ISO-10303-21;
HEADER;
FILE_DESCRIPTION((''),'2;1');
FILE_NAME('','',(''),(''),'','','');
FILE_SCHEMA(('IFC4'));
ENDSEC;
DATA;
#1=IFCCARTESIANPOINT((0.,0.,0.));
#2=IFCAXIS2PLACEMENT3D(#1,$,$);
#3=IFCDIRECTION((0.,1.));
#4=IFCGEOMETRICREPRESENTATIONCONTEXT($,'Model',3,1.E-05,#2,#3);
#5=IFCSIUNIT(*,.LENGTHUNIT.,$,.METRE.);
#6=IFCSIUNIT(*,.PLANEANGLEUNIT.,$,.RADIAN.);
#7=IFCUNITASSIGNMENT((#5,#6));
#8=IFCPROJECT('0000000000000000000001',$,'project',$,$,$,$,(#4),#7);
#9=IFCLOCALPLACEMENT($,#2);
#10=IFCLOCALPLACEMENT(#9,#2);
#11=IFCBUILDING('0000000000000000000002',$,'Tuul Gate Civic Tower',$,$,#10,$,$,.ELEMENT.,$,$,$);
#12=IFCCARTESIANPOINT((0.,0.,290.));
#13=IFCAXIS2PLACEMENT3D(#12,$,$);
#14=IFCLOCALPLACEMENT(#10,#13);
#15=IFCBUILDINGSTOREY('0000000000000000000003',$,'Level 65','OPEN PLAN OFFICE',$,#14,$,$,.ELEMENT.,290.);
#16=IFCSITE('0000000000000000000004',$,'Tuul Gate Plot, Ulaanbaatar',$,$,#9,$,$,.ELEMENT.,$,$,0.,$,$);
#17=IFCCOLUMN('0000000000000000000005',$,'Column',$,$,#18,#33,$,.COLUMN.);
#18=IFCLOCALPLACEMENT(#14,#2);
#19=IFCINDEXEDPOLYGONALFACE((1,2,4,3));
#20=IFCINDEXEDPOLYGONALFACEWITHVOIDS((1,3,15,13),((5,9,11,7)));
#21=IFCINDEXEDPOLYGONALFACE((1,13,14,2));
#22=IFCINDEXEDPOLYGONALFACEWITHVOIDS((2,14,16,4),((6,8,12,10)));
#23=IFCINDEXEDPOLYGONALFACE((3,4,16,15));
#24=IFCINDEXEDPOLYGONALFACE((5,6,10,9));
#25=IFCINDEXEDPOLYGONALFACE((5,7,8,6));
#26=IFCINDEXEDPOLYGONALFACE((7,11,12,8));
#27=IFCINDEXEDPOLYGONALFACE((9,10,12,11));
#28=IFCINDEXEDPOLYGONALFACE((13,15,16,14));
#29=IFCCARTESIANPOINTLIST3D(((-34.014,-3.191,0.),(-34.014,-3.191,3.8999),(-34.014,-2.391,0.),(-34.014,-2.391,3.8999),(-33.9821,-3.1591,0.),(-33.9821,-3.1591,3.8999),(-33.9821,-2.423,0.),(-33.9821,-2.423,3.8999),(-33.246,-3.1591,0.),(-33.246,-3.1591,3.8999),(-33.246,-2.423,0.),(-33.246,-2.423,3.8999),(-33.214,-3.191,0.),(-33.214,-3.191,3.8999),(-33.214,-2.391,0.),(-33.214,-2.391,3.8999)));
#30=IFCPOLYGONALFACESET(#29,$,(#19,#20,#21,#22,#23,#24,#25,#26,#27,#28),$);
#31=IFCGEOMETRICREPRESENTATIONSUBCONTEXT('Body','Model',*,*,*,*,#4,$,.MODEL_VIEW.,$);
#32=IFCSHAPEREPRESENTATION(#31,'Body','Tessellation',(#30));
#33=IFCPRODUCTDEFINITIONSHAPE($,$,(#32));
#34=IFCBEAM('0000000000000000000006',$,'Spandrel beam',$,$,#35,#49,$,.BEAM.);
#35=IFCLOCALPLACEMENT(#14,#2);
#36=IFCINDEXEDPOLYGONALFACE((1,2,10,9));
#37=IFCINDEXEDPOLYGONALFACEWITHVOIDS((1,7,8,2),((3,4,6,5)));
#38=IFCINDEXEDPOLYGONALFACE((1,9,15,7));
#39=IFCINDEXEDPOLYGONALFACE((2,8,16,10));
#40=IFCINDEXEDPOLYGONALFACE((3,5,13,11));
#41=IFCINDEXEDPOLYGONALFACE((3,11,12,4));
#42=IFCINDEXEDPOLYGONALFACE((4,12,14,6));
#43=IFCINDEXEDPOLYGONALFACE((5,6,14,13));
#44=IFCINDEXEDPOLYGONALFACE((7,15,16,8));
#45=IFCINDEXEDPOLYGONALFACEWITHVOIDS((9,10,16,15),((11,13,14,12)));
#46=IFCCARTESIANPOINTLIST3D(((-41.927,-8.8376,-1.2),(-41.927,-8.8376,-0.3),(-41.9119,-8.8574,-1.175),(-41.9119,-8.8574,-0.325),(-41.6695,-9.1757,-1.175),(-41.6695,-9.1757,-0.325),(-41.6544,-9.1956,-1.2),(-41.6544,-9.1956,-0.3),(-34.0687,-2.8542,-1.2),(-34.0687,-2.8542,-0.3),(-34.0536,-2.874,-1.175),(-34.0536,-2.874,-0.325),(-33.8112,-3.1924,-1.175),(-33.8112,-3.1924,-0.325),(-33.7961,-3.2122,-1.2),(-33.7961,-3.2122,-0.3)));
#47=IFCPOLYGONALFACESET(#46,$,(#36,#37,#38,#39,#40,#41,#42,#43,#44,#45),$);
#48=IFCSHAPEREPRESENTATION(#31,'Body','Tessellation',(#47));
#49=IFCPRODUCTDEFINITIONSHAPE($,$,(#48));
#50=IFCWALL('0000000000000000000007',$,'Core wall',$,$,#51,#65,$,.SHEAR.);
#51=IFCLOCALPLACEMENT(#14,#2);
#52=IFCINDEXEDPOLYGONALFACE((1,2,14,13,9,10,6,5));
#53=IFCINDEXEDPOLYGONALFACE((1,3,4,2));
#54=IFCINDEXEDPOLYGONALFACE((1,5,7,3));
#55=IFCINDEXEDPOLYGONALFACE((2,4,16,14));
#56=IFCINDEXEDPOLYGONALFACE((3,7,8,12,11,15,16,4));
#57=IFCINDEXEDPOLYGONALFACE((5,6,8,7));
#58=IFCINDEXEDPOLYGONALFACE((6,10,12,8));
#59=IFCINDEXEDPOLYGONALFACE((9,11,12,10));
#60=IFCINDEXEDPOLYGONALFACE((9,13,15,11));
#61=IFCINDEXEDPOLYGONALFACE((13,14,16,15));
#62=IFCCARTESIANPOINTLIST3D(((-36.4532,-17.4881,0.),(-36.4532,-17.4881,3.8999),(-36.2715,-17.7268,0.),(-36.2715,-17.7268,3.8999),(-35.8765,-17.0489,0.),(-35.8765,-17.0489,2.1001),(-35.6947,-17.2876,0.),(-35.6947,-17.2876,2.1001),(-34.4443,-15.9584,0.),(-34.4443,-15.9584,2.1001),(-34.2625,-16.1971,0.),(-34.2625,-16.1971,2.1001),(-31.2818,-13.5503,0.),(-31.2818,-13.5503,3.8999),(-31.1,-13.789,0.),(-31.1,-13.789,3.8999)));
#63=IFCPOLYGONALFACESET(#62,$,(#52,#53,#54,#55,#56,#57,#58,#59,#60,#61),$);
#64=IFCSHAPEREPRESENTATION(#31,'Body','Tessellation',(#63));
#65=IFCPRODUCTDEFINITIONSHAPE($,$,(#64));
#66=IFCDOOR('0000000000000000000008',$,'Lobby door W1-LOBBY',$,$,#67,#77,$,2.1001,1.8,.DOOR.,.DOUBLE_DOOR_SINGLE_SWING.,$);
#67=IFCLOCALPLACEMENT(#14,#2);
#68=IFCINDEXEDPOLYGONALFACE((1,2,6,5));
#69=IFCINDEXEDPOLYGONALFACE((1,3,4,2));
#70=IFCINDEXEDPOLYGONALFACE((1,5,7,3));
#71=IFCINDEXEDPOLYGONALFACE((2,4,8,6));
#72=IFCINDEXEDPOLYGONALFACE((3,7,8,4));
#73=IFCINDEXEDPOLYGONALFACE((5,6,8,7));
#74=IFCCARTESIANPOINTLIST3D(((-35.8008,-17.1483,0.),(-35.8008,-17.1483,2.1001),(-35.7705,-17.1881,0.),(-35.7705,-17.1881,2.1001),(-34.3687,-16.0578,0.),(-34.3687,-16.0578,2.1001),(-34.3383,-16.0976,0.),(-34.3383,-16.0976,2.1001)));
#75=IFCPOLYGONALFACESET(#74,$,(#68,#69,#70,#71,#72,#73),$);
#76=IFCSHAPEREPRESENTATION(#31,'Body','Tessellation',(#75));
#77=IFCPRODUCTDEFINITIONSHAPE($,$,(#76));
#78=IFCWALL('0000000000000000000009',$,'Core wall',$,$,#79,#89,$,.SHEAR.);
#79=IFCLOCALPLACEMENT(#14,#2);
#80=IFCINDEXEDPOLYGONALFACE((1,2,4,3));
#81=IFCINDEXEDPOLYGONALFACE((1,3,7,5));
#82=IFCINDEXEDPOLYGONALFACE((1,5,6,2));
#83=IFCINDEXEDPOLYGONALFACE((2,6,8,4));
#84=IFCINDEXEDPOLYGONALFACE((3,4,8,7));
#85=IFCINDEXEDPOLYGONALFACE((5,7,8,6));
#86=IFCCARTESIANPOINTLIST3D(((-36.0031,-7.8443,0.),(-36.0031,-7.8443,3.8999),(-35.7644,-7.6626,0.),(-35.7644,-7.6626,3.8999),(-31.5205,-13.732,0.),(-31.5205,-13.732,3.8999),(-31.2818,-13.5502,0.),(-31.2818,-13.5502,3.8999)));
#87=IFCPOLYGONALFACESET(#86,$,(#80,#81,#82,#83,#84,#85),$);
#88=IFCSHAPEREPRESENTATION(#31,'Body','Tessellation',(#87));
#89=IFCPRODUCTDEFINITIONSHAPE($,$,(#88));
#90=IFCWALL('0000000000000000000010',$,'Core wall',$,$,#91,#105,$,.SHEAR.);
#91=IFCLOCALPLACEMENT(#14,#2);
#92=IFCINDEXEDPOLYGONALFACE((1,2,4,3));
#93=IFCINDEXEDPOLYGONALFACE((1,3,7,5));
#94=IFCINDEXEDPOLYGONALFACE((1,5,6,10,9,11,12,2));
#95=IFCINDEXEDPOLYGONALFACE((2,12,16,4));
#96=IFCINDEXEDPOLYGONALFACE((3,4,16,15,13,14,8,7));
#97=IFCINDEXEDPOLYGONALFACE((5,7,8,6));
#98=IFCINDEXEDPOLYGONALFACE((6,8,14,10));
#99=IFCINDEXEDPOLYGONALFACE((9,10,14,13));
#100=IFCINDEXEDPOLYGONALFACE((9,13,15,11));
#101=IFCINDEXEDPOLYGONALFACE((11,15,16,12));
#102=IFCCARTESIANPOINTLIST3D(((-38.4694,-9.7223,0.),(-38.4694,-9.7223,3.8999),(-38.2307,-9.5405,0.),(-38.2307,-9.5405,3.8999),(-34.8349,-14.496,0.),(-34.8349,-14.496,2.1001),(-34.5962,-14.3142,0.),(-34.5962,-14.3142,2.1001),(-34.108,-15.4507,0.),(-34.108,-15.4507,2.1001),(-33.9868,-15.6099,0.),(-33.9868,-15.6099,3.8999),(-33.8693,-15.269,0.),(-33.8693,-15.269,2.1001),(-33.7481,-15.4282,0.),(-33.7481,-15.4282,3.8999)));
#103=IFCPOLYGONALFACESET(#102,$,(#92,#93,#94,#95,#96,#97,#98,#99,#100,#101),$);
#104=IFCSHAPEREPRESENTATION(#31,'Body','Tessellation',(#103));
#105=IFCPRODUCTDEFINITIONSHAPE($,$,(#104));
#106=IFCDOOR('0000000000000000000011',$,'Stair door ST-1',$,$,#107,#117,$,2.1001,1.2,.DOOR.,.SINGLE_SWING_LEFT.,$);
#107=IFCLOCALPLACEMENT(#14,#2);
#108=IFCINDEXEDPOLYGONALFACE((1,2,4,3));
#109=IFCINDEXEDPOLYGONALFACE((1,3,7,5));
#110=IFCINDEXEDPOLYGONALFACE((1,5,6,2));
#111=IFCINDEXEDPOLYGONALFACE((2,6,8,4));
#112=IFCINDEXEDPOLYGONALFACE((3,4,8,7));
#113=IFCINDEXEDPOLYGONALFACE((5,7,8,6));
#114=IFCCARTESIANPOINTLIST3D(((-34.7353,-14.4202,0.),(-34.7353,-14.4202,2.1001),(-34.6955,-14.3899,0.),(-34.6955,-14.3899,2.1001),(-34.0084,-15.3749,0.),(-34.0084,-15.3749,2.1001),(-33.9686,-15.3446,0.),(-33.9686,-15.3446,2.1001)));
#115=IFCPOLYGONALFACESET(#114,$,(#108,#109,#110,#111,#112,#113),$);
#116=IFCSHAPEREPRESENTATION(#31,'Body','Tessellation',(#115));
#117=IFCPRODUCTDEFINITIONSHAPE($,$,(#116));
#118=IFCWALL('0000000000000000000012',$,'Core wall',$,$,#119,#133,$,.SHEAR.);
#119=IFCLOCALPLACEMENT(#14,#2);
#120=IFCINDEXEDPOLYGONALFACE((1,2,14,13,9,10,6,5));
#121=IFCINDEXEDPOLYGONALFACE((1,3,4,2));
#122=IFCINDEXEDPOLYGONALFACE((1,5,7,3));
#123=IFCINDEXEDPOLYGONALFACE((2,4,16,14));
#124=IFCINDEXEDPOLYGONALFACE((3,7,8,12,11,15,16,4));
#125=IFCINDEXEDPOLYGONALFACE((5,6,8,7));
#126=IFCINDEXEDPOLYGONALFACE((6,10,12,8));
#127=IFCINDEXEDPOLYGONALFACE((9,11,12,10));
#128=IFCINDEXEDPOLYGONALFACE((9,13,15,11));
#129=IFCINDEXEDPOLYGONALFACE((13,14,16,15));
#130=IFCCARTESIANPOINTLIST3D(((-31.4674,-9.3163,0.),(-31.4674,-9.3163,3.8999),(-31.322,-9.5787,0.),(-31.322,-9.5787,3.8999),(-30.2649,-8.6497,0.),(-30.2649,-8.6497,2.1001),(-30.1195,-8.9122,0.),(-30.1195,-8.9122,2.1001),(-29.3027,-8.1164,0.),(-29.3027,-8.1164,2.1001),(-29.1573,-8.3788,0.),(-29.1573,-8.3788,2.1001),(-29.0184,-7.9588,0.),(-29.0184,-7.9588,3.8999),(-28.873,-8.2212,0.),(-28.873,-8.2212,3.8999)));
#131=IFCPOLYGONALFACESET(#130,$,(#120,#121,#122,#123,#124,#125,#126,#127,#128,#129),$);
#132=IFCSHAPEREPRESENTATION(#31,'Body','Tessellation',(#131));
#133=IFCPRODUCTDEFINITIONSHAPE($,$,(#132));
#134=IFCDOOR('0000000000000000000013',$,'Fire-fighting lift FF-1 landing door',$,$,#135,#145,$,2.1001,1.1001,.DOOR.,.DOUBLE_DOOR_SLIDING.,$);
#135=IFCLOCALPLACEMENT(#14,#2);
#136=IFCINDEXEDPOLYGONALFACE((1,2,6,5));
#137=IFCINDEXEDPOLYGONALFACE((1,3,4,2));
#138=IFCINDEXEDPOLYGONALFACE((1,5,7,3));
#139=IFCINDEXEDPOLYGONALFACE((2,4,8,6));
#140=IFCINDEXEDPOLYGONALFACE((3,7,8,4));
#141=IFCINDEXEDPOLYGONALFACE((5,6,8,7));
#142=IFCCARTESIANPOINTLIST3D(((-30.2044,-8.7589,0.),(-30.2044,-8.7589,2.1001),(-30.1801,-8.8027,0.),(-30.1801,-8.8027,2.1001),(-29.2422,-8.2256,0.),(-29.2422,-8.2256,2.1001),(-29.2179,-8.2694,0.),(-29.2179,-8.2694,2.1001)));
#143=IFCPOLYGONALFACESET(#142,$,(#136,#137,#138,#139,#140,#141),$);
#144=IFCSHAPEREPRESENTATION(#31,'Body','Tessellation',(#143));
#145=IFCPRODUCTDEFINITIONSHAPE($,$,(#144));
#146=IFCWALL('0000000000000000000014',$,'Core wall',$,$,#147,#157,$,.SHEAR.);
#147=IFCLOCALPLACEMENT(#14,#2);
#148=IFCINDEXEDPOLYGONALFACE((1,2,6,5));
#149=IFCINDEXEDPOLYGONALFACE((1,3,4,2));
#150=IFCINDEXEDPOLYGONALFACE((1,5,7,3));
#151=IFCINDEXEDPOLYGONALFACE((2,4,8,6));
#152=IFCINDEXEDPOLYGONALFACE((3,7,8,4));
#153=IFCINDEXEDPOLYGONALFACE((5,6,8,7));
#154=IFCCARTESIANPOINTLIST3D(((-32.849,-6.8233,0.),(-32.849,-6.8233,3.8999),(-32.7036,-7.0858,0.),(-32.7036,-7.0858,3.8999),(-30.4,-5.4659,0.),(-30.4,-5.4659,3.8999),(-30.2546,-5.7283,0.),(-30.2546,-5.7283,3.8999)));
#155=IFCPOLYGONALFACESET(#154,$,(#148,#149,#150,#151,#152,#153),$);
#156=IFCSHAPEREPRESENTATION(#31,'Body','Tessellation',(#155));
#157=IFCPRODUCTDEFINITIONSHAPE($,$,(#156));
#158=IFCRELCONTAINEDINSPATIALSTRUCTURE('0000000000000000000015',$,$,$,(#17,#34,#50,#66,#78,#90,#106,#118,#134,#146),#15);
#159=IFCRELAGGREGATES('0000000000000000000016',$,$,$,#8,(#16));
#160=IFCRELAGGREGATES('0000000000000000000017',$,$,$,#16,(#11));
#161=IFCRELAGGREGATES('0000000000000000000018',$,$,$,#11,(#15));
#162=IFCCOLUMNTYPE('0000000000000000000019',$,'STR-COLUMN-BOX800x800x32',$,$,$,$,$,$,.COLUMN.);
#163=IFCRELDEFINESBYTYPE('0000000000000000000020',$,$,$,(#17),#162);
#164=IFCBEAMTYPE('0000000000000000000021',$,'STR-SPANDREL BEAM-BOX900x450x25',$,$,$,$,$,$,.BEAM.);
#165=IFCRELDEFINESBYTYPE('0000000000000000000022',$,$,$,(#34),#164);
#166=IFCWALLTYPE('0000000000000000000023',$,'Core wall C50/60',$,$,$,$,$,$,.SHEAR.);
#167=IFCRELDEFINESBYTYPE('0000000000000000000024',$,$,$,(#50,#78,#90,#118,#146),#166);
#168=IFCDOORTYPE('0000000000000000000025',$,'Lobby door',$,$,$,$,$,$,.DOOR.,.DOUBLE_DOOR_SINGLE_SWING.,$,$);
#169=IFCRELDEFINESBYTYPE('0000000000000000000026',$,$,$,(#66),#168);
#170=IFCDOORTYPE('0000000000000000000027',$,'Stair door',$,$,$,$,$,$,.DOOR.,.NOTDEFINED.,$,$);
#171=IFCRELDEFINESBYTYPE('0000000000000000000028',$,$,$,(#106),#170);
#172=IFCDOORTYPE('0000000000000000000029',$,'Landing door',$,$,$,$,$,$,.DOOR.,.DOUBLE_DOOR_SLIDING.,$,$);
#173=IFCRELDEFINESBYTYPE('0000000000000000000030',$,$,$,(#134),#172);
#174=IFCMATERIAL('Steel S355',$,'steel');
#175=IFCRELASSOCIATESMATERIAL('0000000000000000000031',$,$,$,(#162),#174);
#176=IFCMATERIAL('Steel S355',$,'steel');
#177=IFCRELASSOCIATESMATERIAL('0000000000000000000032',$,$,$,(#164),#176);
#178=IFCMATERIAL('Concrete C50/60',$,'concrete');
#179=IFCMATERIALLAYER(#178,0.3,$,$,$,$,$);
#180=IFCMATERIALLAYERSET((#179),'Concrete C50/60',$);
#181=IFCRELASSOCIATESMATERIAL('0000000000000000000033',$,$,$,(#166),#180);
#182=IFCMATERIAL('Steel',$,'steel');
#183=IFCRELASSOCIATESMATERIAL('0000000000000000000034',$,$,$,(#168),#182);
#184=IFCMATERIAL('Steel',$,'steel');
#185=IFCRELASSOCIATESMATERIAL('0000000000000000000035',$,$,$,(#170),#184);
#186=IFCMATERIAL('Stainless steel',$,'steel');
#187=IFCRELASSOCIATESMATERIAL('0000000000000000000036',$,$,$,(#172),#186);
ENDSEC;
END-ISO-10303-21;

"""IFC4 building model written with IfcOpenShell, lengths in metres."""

from ifc_helpers import new_model, si_unit, direction, frame, frame_2d, origin, origin_2d, place, context, subcontext, project, spatial, rectangle, hollow_rectangle, extrude, material, layer, layer_set, material_profile, profile_set, type_object, element, fill, save


model = new_model("IFC4")

# Units and contexts
model_context = context("Model", 3, precision=1e-05, world=origin(), true_north=direction((0.0, 1.0)))
body_context = subcontext(model_context, "Body", "Model", "MODEL_VIEW")
ifc_project = project(units=[si_unit("LENGTHUNIT", "METRE"), si_unit("PLANEANGLEUNIT", "RADIAN")], contexts=[model_context])

# Site, building, storey
site_placement = place(None, origin())
site = spatial("IfcSite", under=ifc_project, at=site_placement, Name="Tuul Gate Plot, Ulaanbaatar", CompositionType="ELEMENT", RefElevation=0.0)
building_placement = place(site_placement, origin())
building = spatial("IfcBuilding", under=site, at=building_placement, Name="Tuul Gate Civic Tower", CompositionType="ELEMENT")
storey_placement = place(building_placement, frame((0.0, 0.0, 290.0)))
storey = spatial("IfcBuildingStorey", under=building, at=storey_placement, Name="Level 65", Description="OPEN PLAN OFFICE", CompositionType="ELEMENT", Elevation=290.0)

# Column
ifc_material_1 = material(Name="Steel S355", Category="steel")
ifc_material_profile_1 = material_profile(ifc_material_1, hollow_rectangle(XDim=0.8, YDim=0.8, WallThickness=0.032, at=origin_2d()), Name="BOX800x800x32")
ifc_profile_set_1 = profile_set([ifc_material_profile_1], Name="Steel S355")
column_type = type_object("IfcColumnType", Name="STR-COLUMN-BOX800x800x32", PredefinedType="COLUMN", material=ifc_profile_set_1)
column_placement = place(storey_placement, frame((-33.614, -2.791, 0.0), z_axis=(0.0, 0.0, 1.0), x_axis=(1.0, 0.0, 0.0)))
element("IfcColumn", 1, at=column_placement, inside=storey, type_object=column_type, Name="Column", PredefinedType="COLUMN", context=body_context, shape_type="SweptSolid", body=[
    extrude(hollow_rectangle(XDim=0.8, YDim=0.8, WallThickness=0.032, at=origin_2d()), origin(), (0.0, 0.0, 1.0), 3.8999),
])

# Beam
ifc_material_2 = material(Name="Steel S355", Category="steel")
ifc_material_profile_2 = material_profile(ifc_material_2, hollow_rectangle(XDim=0.45, YDim=0.8999, WallThickness=0.0249, at=origin_2d()), Name="BOX900x450x25")
ifc_profile_set_2 = profile_set([ifc_material_profile_2], Name="Steel S355")
beam_type = type_object("IfcBeamType", Name="STR-SPANDREL BEAM-BOX900x450x25", PredefinedType="BEAM", material=ifc_profile_set_2)
beam_placement = place(storey_placement, frame((-33.9324, -3.0332, -0.75), z_axis=(-0.795625, -0.60579, 0.0), x_axis=(0.60579, -0.795625, 0.0)))
element("IfcBeam", 2, at=beam_placement, inside=storey, type_object=beam_type, Name="Spandrel beam", PredefinedType="BEAM", context=body_context, shape_type="SweptSolid", body=[
    extrude(hollow_rectangle(XDim=0.45, YDim=0.8999, WallThickness=0.0249, at=origin_2d()), origin(), (0.0, 0.0, 1.0), 9.877),
])

# Wall, opening, door
ifc_material_3 = material(Name="Concrete C50/60", Category="concrete")
ifc_layer_1 = layer(ifc_material_3, 0.3)
ifc_layer_set_1 = layer_set([ifc_layer_1], Name="Concrete C50/60")
wall_type_1 = type_object("IfcWallType", Name="Core wall C50/60", PredefinedType="SHEAR", material=ifc_layer_set_1)
wall_1_placement = place(storey_placement, frame((-31.1909, -13.6697, 0.0), z_axis=(0.0, 0.0, 1.0), x_axis=(-0.795607, -0.605813, 0.0)))
wall_1 = element("IfcWall", 3, at=wall_1_placement, inside=storey, type_object=wall_type_1, Name="Core wall", PredefinedType="SHEAR", context=body_context, shape_type="SweptSolid", body=[
    extrude(rectangle(XDim=6.5, YDim=0.3, at=frame_2d((3.25, 0.0))), origin(), (0.0, 0.0, 1.0), 3.8999),
])
opening_1_placement = place(wall_1_placement, frame((3.9751, 0.0, 0.0)))
opening_1 = element("IfcOpeningElement", 4, at=opening_1_placement, cuts=wall_1, PredefinedType="OPENING", context=body_context, shape_type="SweptSolid", body=[
    extrude(rectangle(XDim=1.8, YDim=2.1001, at=frame_2d((0.8999, 1.05))), frame((0.0, 0.1602, 0.0), z_axis=(0.0, -1.0, 0.0), x_axis=(1.0, 0.0, 0.0)), (0.0, 0.0, 1.0), 0.3201),
])
ifc_material_4 = material(Name="Steel", Category="steel")
door_type_1 = type_object("IfcDoorType", Name="Lobby door", OperationType="DOUBLE_DOOR_SINGLE_SWING", PredefinedType="DOOR", material=ifc_material_4)
door_1_placement = place(opening_1_placement, origin())
door_1 = element("IfcDoor", 5, at=door_1_placement, inside=storey, type_object=door_type_1, Name="Lobby door W1-LOBBY", OperationType="DOUBLE_DOOR_SINGLE_SWING", OverallHeight=2.1001, OverallWidth=1.8, PredefinedType="DOOR", context=body_context, shape_type="SweptSolid", body=[
    extrude(rectangle(XDim=1.8, YDim=2.1001, at=frame_2d((0.8999, 1.05))), frame((0.0, 0.0249, 0.0), z_axis=(0.0, -1.0, 0.0), x_axis=(1.0, 0.0, 0.0)), (0.0, 0.0, 1.0), 0.05),
])
fill(opening_1, door_1)

# Wall
wall_2_placement = place(storey_placement, frame((-31.4011, -13.6411, 0.0), z_axis=(0.0, 0.0, 1.0), x_axis=(-0.60577, 0.79564, 0.0)))
element("IfcWall", 6, at=wall_2_placement, inside=storey, type_object=wall_type_1, Name="Core wall", PredefinedType="SHEAR", context=body_context, shape_type="SweptSolid", body=[
    extrude(rectangle(XDim=7.3999, YDim=0.3, at=frame_2d((3.7, 0.0))), origin(), (0.0, 0.0, 1.0), 3.8999),
])

# Walls, openings, doors
wall_3_placement = place(storey_placement, frame((-33.8674, -15.519, 0.0), z_axis=(0.0, 0.0, 1.0), x_axis=(-0.60577, 0.79564, 0.0)))
wall_3 = element("IfcWall", 7, at=wall_3_placement, inside=storey, type_object=wall_type_1, Name="Core wall", PredefinedType="SHEAR", context=body_context, shape_type="SweptSolid", body=[
    extrude(rectangle(XDim=7.3999, YDim=0.3, at=frame_2d((3.7, 0.0))), origin(), (0.0, 0.0, 1.0), 3.8999),
])
opening_2_placement = place(wall_3_placement, frame((0.2, 0.0, 0.0)))
opening_2 = element("IfcOpeningElement", 8, at=opening_2_placement, cuts=wall_3, PredefinedType="OPENING", context=body_context, shape_type="SweptSolid", body=[
    extrude(rectangle(XDim=1.2, YDim=2.1001, at=frame_2d((0.6001, 1.05))), frame((0.0, 0.1602, 0.0), z_axis=(0.0, -1.0, 0.0), x_axis=(1.0, 0.0, 0.0)), (0.0, 0.0, 1.0), 0.3201),
])
ifc_material_5 = material(Name="Steel", Category="steel")
door_type_2 = type_object("IfcDoorType", Name="Stair door", OperationType="NOTDEFINED", PredefinedType="DOOR", material=ifc_material_5)
door_2_placement = place(opening_2_placement, origin())
door_2 = element("IfcDoor", 9, at=door_2_placement, inside=storey, type_object=door_type_2, Name="Stair door ST-1", OperationType="SINGLE_SWING_LEFT", OverallHeight=2.1001, OverallWidth=1.2, PredefinedType="DOOR", context=body_context, shape_type="SweptSolid", body=[
    extrude(rectangle(XDim=1.2, YDim=2.1001, at=frame_2d((0.6001, 1.05))), frame((0.0, 0.0249, 0.0), z_axis=(0.0, -1.0, 0.0), x_axis=(1.0, 0.0, 0.0)), (0.0, 0.0, 1.0), 0.05),
])
fill(opening_2, door_2)
wall_4_placement = place(storey_placement, frame((-28.9458, -8.0901, 0.0), z_axis=(0.0, 0.0, 1.0), x_axis=(-0.87463, -0.484791, 0.0)))
wall_4 = element("IfcWall", 10, at=wall_4_placement, inside=storey, type_object=wall_type_1, Name="Core wall", PredefinedType="SHEAR", context=body_context, shape_type="SweptSolid", body=[
    extrude(rectangle(XDim=2.8, YDim=0.3, at=frame_2d((1.3999, 0.0))), origin(), (0.0, 0.0, 1.0), 3.8999),
])
opening_3_placement = place(wall_4_placement, frame((0.325, 0.0, 0.0)))
opening_3 = element("IfcOpeningElement", 11, at=opening_3_placement, cuts=wall_4, PredefinedType="OPENING", context=body_context, shape_type="SweptSolid", body=[
    extrude(rectangle(XDim=1.1001, YDim=2.1001, at=frame_2d((0.55, 1.05))), frame((0.0, 0.1602, 0.0), z_axis=(0.0, -1.0, 0.0), x_axis=(1.0, 0.0, 0.0)), (0.0, 0.0, 1.0), 0.3201),
])
ifc_material_6 = material(Name="Stainless steel", Category="steel")
door_type_3 = type_object("IfcDoorType", Name="Landing door", OperationType="DOUBLE_DOOR_SLIDING", PredefinedType="DOOR", material=ifc_material_6)
door_3_placement = place(opening_3_placement, origin())
door_3 = element("IfcDoor", 12, at=door_3_placement, inside=storey, type_object=door_type_3, Name="Fire-fighting lift FF-1 landing door", OperationType="DOUBLE_DOOR_SLIDING", OverallHeight=2.1001, OverallWidth=1.1001, PredefinedType="DOOR", context=body_context, shape_type="SweptSolid", body=[
    extrude(rectangle(XDim=1.1001, YDim=2.1001, at=frame_2d((0.55, 1.05))), frame((0.0, 0.0249, 0.0), z_axis=(0.0, -1.0, 0.0), x_axis=(1.0, 0.0, 0.0)), (0.0, 0.0, 1.0), 0.05),
])
fill(opening_3, door_3)

# Wall
wall_5_placement = place(storey_placement, frame((-30.3274, -5.5972, 0.0), z_axis=(0.0, 0.0, 1.0), x_axis=(-0.87463, -0.484791, 0.0)))
element("IfcWall", 13, at=wall_5_placement, inside=storey, type_object=wall_type_1, Name="Core wall", PredefinedType="SHEAR", context=body_context, shape_type="SweptSolid", body=[
    extrude(rectangle(XDim=2.8, YDim=0.3, at=frame_2d((1.3999, 0.0))), origin(), (0.0, 0.0, 1.0), 3.8999),
])

save(model, "model.ifc")
